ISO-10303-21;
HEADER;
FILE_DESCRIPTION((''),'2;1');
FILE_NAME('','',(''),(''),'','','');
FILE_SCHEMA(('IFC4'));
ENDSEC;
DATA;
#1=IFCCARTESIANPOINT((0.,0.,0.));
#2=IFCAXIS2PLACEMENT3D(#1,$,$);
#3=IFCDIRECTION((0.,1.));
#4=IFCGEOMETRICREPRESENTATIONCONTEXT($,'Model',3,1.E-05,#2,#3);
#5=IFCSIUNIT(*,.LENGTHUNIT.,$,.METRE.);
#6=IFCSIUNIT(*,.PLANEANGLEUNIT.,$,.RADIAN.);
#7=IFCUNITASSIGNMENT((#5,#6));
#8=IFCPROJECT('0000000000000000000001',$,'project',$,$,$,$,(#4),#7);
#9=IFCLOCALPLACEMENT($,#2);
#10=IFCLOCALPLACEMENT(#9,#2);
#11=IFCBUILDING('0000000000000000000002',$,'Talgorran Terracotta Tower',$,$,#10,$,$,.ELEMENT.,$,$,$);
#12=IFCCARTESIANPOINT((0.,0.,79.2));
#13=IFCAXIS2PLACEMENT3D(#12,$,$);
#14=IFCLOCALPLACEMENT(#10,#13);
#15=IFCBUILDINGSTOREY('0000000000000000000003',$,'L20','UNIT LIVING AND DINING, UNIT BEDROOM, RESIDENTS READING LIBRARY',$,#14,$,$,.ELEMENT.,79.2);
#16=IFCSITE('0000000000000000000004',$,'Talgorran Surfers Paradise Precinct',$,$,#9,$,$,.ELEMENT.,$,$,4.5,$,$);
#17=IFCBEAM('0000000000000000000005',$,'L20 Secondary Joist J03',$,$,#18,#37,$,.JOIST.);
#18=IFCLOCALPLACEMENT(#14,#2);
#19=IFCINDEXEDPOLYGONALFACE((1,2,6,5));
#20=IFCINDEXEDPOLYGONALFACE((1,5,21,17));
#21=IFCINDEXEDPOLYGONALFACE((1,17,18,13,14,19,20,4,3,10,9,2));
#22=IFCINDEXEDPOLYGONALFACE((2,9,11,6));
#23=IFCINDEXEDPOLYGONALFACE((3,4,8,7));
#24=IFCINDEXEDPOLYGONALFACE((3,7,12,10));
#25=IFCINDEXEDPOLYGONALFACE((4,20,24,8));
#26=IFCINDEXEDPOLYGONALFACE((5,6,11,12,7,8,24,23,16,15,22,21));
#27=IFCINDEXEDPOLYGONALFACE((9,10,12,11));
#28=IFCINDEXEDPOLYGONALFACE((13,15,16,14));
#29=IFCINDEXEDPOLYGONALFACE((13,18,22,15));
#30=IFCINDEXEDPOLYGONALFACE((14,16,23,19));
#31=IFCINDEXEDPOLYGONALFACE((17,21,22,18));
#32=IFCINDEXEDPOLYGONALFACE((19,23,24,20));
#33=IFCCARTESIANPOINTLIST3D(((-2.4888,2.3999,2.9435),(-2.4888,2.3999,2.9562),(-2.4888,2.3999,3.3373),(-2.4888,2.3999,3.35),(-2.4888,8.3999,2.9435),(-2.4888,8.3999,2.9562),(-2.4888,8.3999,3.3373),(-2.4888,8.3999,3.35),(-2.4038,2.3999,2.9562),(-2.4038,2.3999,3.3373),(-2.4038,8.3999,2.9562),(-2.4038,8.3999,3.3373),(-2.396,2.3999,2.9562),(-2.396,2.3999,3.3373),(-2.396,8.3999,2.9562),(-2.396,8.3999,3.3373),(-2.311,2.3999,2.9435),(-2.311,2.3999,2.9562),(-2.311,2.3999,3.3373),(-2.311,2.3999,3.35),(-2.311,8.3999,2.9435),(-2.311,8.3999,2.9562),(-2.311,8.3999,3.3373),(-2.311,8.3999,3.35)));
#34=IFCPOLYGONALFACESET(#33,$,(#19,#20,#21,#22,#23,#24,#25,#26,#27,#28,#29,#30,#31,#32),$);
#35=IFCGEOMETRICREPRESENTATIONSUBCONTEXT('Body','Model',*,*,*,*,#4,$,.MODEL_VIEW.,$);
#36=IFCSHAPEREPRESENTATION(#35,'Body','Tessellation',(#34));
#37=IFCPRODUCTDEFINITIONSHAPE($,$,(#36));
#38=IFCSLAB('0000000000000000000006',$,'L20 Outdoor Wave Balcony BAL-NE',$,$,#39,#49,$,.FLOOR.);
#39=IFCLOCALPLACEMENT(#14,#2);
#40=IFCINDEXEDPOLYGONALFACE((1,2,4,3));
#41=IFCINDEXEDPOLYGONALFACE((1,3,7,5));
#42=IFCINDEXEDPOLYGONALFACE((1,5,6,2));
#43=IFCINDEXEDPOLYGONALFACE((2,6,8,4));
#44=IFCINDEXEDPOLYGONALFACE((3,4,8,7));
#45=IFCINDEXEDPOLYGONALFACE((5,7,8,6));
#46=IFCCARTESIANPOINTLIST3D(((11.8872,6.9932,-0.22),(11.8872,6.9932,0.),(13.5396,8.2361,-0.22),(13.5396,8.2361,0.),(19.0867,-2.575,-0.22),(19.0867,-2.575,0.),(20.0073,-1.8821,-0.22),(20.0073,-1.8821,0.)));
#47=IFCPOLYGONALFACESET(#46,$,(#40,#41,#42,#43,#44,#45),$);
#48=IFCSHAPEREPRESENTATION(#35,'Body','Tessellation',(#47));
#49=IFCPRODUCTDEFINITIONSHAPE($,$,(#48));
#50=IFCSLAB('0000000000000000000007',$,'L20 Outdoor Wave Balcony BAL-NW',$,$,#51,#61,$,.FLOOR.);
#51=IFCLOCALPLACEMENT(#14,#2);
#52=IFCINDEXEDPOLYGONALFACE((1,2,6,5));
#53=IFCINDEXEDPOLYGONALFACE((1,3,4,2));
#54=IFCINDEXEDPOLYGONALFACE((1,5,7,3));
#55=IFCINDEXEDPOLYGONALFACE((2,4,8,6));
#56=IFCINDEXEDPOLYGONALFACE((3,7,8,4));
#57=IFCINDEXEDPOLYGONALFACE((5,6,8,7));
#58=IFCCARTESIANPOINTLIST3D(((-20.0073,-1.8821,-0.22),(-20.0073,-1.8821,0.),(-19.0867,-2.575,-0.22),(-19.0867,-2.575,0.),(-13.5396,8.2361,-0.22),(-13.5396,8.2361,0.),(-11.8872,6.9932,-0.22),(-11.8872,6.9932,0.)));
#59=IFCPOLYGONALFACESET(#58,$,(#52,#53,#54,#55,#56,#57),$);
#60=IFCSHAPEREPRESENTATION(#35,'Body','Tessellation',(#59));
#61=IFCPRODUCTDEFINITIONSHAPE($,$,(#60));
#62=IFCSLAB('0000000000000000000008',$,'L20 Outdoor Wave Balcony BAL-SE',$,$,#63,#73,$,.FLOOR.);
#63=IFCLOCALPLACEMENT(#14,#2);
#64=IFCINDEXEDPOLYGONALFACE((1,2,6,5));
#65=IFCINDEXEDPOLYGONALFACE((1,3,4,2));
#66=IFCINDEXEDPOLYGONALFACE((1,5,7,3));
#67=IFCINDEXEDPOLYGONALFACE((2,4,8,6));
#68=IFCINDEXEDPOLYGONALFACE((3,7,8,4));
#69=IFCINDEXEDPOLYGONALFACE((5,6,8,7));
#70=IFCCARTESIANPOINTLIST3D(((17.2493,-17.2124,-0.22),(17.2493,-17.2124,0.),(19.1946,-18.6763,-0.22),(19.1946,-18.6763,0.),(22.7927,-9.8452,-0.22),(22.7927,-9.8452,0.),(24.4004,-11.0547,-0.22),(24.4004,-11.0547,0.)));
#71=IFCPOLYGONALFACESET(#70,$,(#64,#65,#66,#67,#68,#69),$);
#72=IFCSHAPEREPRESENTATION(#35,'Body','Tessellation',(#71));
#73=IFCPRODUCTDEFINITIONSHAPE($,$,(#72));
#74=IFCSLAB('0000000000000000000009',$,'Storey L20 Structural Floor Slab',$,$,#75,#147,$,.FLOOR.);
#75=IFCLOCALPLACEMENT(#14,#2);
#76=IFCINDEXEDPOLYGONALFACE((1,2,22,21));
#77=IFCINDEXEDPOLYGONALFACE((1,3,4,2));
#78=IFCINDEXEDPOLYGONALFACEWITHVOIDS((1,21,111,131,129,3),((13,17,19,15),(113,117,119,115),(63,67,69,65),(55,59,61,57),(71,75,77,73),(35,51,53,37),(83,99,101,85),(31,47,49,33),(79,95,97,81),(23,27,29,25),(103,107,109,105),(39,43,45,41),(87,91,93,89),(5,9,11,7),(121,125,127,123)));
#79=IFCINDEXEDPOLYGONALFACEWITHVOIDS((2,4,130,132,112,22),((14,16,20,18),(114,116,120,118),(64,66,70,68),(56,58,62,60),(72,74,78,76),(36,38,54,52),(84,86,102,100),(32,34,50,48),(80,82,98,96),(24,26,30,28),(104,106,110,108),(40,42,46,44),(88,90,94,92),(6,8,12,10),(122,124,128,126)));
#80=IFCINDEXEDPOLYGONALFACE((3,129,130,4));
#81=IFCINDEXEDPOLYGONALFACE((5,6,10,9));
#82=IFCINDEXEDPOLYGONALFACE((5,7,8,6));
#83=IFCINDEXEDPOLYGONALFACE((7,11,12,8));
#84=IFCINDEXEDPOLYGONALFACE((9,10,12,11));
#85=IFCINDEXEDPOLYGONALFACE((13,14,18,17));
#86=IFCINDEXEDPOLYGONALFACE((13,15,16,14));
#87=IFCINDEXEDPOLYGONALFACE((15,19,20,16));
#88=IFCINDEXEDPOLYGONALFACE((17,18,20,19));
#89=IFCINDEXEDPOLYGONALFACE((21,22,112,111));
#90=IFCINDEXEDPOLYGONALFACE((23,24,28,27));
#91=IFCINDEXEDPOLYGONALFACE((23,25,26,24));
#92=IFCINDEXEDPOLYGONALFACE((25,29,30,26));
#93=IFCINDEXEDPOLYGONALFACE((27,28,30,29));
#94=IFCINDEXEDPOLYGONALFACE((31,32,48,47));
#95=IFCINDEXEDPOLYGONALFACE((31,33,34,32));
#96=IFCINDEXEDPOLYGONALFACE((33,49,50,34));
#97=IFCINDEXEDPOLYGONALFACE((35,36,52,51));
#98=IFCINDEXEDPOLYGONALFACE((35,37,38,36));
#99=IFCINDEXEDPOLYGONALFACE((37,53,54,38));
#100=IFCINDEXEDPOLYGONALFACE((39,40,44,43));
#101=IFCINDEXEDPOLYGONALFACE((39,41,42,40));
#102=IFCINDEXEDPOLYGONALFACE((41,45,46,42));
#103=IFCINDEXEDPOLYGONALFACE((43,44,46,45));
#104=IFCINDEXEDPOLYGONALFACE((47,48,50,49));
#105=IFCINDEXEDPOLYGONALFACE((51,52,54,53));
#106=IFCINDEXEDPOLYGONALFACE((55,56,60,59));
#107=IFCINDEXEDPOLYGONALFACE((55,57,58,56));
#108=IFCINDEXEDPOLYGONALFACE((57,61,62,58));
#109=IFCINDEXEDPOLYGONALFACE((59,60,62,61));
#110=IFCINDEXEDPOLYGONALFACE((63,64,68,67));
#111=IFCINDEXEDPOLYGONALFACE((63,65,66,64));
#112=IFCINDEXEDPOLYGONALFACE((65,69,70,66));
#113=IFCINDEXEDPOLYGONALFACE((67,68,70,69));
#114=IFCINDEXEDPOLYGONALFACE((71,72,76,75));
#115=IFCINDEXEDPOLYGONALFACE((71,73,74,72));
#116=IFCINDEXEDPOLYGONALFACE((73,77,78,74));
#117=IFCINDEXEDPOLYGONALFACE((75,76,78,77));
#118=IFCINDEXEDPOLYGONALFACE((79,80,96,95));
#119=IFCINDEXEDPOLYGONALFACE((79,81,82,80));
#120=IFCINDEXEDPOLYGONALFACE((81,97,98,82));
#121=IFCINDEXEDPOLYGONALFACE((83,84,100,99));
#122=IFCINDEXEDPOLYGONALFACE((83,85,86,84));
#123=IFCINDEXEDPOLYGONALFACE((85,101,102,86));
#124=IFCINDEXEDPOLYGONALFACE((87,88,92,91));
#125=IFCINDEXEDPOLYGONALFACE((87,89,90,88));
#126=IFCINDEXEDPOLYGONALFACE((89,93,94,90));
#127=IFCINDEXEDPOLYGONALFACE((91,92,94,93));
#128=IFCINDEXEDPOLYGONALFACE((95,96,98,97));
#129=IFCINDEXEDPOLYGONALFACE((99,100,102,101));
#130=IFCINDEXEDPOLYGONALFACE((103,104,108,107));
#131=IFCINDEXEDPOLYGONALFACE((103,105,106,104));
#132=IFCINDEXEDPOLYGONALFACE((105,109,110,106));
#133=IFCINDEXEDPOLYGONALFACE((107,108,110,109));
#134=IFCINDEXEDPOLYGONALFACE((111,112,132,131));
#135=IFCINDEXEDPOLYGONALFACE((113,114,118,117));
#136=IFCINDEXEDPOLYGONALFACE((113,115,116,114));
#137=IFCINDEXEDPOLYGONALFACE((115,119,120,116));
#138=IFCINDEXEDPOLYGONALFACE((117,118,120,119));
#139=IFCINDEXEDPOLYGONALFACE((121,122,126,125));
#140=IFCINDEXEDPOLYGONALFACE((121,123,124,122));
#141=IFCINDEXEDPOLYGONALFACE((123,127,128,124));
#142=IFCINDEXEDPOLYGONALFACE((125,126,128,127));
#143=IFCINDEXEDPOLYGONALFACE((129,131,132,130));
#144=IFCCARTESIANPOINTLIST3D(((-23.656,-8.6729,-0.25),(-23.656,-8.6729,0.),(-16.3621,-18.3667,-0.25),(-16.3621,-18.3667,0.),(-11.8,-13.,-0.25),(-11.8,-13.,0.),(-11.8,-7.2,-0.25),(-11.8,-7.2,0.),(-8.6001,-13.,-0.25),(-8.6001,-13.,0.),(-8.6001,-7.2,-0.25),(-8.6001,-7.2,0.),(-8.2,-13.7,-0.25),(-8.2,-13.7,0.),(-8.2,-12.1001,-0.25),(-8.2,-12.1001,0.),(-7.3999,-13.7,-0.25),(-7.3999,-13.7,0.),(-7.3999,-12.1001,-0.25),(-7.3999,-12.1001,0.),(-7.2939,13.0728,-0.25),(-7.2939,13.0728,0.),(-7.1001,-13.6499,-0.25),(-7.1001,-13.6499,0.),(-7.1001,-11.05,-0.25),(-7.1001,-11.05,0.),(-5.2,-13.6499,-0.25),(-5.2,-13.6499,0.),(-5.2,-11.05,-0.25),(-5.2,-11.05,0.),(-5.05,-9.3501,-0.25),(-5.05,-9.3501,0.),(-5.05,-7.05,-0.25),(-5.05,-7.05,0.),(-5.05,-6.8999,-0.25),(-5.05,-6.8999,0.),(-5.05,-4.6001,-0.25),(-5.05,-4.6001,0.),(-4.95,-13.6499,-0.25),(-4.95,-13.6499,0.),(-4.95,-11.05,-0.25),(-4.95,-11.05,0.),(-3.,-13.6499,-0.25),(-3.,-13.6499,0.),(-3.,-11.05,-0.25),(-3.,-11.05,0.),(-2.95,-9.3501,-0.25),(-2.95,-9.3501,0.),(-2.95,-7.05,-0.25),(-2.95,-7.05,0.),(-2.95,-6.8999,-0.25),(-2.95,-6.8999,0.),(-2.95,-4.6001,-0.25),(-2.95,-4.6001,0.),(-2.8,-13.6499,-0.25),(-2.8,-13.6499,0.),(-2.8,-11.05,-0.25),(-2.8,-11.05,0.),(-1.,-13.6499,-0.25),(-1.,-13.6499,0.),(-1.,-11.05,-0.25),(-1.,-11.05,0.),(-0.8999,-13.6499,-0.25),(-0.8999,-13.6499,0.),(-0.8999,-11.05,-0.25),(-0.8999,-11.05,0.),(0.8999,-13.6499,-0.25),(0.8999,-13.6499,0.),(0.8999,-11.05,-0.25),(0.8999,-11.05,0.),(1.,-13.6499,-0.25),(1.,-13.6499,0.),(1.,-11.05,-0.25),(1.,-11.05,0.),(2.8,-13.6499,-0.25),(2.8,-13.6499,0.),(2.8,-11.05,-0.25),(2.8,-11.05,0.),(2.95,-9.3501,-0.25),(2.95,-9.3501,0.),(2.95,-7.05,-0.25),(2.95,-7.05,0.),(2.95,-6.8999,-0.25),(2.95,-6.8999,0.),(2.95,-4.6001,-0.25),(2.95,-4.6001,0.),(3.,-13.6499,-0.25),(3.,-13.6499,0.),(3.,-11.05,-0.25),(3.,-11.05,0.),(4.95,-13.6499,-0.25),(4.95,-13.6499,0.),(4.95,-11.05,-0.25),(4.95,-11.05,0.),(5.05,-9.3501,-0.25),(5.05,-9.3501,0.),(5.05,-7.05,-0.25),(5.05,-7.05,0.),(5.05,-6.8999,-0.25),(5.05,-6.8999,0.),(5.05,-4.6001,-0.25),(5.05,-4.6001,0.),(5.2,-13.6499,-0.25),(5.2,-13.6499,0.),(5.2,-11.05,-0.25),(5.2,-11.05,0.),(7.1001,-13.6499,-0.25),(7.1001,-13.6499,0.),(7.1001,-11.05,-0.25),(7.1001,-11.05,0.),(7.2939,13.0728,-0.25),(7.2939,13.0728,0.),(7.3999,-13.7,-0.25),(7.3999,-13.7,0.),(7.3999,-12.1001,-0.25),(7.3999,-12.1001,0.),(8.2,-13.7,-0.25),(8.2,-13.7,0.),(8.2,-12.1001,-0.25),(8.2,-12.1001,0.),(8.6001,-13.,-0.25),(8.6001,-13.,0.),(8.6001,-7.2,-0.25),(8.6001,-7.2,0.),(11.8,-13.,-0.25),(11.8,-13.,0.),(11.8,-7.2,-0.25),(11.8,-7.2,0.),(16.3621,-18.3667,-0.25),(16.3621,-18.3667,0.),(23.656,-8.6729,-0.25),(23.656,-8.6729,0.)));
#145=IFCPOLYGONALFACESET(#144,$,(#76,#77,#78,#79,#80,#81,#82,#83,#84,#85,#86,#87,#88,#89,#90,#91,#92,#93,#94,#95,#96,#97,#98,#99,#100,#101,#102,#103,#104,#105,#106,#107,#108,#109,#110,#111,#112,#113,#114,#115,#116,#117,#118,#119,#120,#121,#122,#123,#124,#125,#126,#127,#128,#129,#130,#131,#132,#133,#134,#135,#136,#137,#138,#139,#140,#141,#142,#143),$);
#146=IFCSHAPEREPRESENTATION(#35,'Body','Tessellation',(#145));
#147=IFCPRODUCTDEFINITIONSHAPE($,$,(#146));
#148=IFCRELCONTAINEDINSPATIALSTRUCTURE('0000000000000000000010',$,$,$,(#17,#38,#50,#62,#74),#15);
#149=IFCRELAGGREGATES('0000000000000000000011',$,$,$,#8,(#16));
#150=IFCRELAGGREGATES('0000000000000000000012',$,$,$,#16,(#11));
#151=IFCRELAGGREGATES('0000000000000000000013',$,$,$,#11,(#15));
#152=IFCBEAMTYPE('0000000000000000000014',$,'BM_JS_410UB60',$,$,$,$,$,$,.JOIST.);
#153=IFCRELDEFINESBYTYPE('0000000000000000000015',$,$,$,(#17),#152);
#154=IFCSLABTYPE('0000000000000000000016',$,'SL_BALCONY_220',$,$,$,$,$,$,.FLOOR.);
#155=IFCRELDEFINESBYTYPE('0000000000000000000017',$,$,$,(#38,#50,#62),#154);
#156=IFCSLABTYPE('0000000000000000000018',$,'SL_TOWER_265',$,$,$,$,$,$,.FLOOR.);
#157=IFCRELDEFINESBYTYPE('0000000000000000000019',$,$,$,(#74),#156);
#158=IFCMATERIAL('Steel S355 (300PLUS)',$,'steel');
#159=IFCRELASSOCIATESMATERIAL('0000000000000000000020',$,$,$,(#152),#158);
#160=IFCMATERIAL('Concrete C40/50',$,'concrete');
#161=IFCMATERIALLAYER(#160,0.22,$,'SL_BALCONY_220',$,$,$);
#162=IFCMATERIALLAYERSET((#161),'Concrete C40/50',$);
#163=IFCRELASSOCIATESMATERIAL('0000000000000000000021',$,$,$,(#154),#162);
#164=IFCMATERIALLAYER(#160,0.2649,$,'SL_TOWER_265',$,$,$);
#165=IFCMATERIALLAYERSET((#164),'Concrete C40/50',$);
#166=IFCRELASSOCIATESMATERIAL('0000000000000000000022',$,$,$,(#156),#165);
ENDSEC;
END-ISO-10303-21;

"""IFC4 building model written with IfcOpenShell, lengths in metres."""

from ifc_helpers import new_model, si_unit, direction, frame, origin, origin_2d, place, context, subcontext, project, spatial, polyline, i_section, outline, extrude, material, layer, layer_set, material_profile, profile_set, type_object, element, save


model = new_model("IFC4")

# Units and contexts
model_context = context("Model", 3, precision=1e-05, world=origin(), true_north=direction((0.0, 1.0)))
body_context = subcontext(model_context, "Body", "Model", "MODEL_VIEW")
ifc_project = project(units=[si_unit("LENGTHUNIT", "METRE"), si_unit("PLANEANGLEUNIT", "RADIAN")], contexts=[model_context])

# Site, building, storey
site_placement = place(None, origin())
site = spatial("IfcSite", under=ifc_project, at=site_placement, Name="Talgorran Surfers Paradise Precinct", CompositionType="ELEMENT", RefElevation=4.5)
building_placement = place(site_placement, origin())
building = spatial("IfcBuilding", under=site, at=building_placement, Name="Talgorran Terracotta Tower", CompositionType="ELEMENT")
storey_placement = place(building_placement, frame((0.0, 0.0, 79.2)))
storey = spatial("IfcBuildingStorey", under=building, at=storey_placement, Name="L20", Description="UNIT LIVING AND DINING, UNIT BEDROOM, RESIDENTS READING LIBRARY", CompositionType="ELEMENT", Elevation=79.2)

# Shared definitions
ifc_material_1 = material(Name="Steel S355 (300PLUS)", Category="steel")

# Beam
ifc_material_profile_1 = material_profile(ifc_material_1, i_section(OverallWidth=0.1777, OverallDepth=0.4065, WebThickness=0.0078, FlangeThickness=0.0127, at=origin_2d()), Name="410UB59.7")
ifc_profile_set_1 = profile_set([ifc_material_profile_1], Name="Steel S355 (300PLUS)")
beam_type_1 = type_object("IfcBeamType", Name="BM_JS_410UB60", PredefinedType="JOIST", material=ifc_profile_set_1)
beam_1_placement = place(storey_placement, frame((-2.3999, 2.3999, 3.1467), z_axis=(0.0, 1.0, 0.0), x_axis=(-1.0, 0.0, 0.0)))
element("IfcBeam", 1, at=beam_1_placement, inside=storey, type_object=beam_type_1, Name="L20 Secondary Joist J03", PredefinedType="JOIST", context=body_context, shape_type="SweptSolid", body=[
    extrude(i_section(OverallWidth=0.1777, OverallDepth=0.4065, WebThickness=0.0078, FlangeThickness=0.0127, at=origin_2d()), origin(), (0.0, 0.0, 1.0), 6.0),
])

# Slabs
ifc_material_2 = material(Name="Concrete C40/50", Category="concrete")
ifc_layer_1 = layer(ifc_material_2, 0.22, Name="SL_BALCONY_220")
ifc_layer_set_1 = layer_set([ifc_layer_1], Name="Concrete C40/50")
slab_type_1 = type_object("IfcSlabType", Name="SL_BALCONY_220", PredefinedType="FLOOR", material=ifc_layer_set_1)
slab_1_placement = place(storey_placement, frame((0.0, 0.0, -0.22)))
element("IfcSlab", 2, at=slab_1_placement, inside=storey, type_object=slab_type_1, Name="L20 Outdoor Wave Balcony BAL-NE", PredefinedType="FLOOR", context=body_context, shape_type="SweptSolid", body=[
    extrude(outline(polyline([(11.8872, 6.9932), (19.0867, -2.575), (20.0073, -1.8821), (13.5396, 8.2361), (11.8872, 6.9932)])), origin(), (0.0, 0.0, 1.0), 0.22),
])
slab_2_placement = place(storey_placement, frame((0.0, 0.0, -0.22)))
element("IfcSlab", 3, at=slab_2_placement, inside=storey, type_object=slab_type_1, Name="L20 Outdoor Wave Balcony BAL-NW", PredefinedType="FLOOR", context=body_context, shape_type="SweptSolid", body=[
    extrude(outline(polyline([(-19.0867, -2.575), (-11.8872, 6.9932), (-13.5396, 8.2361), (-20.0073, -1.8821), (-19.0867, -2.575)])), origin(), (0.0, 0.0, 1.0), 0.22),
])
slab_3_placement = place(storey_placement, frame((0.0, 0.0, -0.22)))
element("IfcSlab", 4, at=slab_3_placement, inside=storey, type_object=slab_type_1, Name="L20 Outdoor Wave Balcony BAL-SE", PredefinedType="FLOOR", context=body_context, shape_type="SweptSolid", body=[
    extrude(outline(polyline([(22.7927, -9.8452), (17.2493, -17.2124), (19.1946, -18.6763), (24.4004, -11.0547), (22.7927, -9.8452)])), origin(), (0.0, 0.0, 1.0), 0.22),
])
ifc_layer_2 = layer(ifc_material_2, 0.2649, Name="SL_TOWER_265")
ifc_layer_set_2 = layer_set([ifc_layer_2], Name="Concrete C40/50")
slab_type_2 = type_object("IfcSlabType", Name="SL_TOWER_265", PredefinedType="FLOOR", material=ifc_layer_set_2)
slab_4_placement = place(storey_placement, frame((0.0, 0.0, -0.25)))
element("IfcSlab", 5, at=slab_4_placement, inside=storey, type_object=slab_type_2, Name="Storey L20 Structural Floor Slab", PredefinedType="FLOOR", context=body_context, shape_type="SweptSolid", body=[
    extrude(outline(polyline([(-23.656, -8.6729), (-16.3621, -18.3667), (16.3621, -18.3667), (23.656, -8.6729), (7.2939, 13.0728), (-7.2939, 13.0728), (-23.656, -8.6729)]), holes=[polyline([(-11.8, -7.2), (-11.8, -13.0), (-8.6001, -13.0), (-8.6001, -7.2), (-11.8, -7.2)]), polyline([(8.6001, -7.2), (8.6001, -13.0), (11.8, -13.0), (11.8, -7.2), (8.6001, -7.2)]), polyline([(-7.1001, -13.6499), (-5.2, -13.6499), (-5.2, -11.05), (-7.1001, -11.05), (-7.1001, -13.6499)]), polyline([(5.2, -13.6499), (7.1001, -13.6499), (7.1001, -11.05), (5.2, -11.05), (5.2, -13.6499)]), polyline([(3.0, -13.6499), (4.95, -13.6499), (4.95, -11.05), (3.0, -11.05), (3.0, -13.6499)]), polyline([(-4.95, -13.6499), (-3.0, -13.6499), (-3.0, -11.05), (-4.95, -11.05), (-4.95, -13.6499)]), polyline([(-5.05, -9.3501), (-2.95, -9.3501), (-2.95, -7.05), (-5.05, -7.05), (-5.05, -9.3501)]), polyline([(-5.05, -6.8999), (-2.95, -6.8999), (-2.95, -4.6001), (-5.05, -4.6001), (-5.05, -6.8999)]), polyline([(2.95, -9.3501), (5.05, -9.3501), (5.05, -7.05), (2.95, -7.05), (2.95, -9.3501)]), polyline([(2.95, -6.8999), (5.05, -6.8999), (5.05, -4.6001), (2.95, -4.6001), (2.95, -6.8999)]), polyline([(-2.8, -13.6499), (-1.0, -13.6499), (-1.0, -11.05), (-2.8, -11.05), (-2.8, -13.6499)]), polyline([(-0.8999, -13.6499), (0.8999, -13.6499), (0.8999, -11.05), (-0.8999, -11.05), (-0.8999, -13.6499)]), polyline([(1.0, -13.6499), (2.8, -13.6499), (2.8, -11.05), (1.0, -11.05), (1.0, -13.6499)]), polyline([(-8.2, -13.7), (-7.3999, -13.7), (-7.3999, -12.1001), (-8.2, -12.1001), (-8.2, -13.7)]), polyline([(7.3999, -13.7), (8.2, -13.7), (8.2, -12.1001), (7.3999, -12.1001), (7.3999, -13.7)])]), origin(), (0.0, 0.0, 1.0), 0.25),
])

save(model, "model.ifc")
